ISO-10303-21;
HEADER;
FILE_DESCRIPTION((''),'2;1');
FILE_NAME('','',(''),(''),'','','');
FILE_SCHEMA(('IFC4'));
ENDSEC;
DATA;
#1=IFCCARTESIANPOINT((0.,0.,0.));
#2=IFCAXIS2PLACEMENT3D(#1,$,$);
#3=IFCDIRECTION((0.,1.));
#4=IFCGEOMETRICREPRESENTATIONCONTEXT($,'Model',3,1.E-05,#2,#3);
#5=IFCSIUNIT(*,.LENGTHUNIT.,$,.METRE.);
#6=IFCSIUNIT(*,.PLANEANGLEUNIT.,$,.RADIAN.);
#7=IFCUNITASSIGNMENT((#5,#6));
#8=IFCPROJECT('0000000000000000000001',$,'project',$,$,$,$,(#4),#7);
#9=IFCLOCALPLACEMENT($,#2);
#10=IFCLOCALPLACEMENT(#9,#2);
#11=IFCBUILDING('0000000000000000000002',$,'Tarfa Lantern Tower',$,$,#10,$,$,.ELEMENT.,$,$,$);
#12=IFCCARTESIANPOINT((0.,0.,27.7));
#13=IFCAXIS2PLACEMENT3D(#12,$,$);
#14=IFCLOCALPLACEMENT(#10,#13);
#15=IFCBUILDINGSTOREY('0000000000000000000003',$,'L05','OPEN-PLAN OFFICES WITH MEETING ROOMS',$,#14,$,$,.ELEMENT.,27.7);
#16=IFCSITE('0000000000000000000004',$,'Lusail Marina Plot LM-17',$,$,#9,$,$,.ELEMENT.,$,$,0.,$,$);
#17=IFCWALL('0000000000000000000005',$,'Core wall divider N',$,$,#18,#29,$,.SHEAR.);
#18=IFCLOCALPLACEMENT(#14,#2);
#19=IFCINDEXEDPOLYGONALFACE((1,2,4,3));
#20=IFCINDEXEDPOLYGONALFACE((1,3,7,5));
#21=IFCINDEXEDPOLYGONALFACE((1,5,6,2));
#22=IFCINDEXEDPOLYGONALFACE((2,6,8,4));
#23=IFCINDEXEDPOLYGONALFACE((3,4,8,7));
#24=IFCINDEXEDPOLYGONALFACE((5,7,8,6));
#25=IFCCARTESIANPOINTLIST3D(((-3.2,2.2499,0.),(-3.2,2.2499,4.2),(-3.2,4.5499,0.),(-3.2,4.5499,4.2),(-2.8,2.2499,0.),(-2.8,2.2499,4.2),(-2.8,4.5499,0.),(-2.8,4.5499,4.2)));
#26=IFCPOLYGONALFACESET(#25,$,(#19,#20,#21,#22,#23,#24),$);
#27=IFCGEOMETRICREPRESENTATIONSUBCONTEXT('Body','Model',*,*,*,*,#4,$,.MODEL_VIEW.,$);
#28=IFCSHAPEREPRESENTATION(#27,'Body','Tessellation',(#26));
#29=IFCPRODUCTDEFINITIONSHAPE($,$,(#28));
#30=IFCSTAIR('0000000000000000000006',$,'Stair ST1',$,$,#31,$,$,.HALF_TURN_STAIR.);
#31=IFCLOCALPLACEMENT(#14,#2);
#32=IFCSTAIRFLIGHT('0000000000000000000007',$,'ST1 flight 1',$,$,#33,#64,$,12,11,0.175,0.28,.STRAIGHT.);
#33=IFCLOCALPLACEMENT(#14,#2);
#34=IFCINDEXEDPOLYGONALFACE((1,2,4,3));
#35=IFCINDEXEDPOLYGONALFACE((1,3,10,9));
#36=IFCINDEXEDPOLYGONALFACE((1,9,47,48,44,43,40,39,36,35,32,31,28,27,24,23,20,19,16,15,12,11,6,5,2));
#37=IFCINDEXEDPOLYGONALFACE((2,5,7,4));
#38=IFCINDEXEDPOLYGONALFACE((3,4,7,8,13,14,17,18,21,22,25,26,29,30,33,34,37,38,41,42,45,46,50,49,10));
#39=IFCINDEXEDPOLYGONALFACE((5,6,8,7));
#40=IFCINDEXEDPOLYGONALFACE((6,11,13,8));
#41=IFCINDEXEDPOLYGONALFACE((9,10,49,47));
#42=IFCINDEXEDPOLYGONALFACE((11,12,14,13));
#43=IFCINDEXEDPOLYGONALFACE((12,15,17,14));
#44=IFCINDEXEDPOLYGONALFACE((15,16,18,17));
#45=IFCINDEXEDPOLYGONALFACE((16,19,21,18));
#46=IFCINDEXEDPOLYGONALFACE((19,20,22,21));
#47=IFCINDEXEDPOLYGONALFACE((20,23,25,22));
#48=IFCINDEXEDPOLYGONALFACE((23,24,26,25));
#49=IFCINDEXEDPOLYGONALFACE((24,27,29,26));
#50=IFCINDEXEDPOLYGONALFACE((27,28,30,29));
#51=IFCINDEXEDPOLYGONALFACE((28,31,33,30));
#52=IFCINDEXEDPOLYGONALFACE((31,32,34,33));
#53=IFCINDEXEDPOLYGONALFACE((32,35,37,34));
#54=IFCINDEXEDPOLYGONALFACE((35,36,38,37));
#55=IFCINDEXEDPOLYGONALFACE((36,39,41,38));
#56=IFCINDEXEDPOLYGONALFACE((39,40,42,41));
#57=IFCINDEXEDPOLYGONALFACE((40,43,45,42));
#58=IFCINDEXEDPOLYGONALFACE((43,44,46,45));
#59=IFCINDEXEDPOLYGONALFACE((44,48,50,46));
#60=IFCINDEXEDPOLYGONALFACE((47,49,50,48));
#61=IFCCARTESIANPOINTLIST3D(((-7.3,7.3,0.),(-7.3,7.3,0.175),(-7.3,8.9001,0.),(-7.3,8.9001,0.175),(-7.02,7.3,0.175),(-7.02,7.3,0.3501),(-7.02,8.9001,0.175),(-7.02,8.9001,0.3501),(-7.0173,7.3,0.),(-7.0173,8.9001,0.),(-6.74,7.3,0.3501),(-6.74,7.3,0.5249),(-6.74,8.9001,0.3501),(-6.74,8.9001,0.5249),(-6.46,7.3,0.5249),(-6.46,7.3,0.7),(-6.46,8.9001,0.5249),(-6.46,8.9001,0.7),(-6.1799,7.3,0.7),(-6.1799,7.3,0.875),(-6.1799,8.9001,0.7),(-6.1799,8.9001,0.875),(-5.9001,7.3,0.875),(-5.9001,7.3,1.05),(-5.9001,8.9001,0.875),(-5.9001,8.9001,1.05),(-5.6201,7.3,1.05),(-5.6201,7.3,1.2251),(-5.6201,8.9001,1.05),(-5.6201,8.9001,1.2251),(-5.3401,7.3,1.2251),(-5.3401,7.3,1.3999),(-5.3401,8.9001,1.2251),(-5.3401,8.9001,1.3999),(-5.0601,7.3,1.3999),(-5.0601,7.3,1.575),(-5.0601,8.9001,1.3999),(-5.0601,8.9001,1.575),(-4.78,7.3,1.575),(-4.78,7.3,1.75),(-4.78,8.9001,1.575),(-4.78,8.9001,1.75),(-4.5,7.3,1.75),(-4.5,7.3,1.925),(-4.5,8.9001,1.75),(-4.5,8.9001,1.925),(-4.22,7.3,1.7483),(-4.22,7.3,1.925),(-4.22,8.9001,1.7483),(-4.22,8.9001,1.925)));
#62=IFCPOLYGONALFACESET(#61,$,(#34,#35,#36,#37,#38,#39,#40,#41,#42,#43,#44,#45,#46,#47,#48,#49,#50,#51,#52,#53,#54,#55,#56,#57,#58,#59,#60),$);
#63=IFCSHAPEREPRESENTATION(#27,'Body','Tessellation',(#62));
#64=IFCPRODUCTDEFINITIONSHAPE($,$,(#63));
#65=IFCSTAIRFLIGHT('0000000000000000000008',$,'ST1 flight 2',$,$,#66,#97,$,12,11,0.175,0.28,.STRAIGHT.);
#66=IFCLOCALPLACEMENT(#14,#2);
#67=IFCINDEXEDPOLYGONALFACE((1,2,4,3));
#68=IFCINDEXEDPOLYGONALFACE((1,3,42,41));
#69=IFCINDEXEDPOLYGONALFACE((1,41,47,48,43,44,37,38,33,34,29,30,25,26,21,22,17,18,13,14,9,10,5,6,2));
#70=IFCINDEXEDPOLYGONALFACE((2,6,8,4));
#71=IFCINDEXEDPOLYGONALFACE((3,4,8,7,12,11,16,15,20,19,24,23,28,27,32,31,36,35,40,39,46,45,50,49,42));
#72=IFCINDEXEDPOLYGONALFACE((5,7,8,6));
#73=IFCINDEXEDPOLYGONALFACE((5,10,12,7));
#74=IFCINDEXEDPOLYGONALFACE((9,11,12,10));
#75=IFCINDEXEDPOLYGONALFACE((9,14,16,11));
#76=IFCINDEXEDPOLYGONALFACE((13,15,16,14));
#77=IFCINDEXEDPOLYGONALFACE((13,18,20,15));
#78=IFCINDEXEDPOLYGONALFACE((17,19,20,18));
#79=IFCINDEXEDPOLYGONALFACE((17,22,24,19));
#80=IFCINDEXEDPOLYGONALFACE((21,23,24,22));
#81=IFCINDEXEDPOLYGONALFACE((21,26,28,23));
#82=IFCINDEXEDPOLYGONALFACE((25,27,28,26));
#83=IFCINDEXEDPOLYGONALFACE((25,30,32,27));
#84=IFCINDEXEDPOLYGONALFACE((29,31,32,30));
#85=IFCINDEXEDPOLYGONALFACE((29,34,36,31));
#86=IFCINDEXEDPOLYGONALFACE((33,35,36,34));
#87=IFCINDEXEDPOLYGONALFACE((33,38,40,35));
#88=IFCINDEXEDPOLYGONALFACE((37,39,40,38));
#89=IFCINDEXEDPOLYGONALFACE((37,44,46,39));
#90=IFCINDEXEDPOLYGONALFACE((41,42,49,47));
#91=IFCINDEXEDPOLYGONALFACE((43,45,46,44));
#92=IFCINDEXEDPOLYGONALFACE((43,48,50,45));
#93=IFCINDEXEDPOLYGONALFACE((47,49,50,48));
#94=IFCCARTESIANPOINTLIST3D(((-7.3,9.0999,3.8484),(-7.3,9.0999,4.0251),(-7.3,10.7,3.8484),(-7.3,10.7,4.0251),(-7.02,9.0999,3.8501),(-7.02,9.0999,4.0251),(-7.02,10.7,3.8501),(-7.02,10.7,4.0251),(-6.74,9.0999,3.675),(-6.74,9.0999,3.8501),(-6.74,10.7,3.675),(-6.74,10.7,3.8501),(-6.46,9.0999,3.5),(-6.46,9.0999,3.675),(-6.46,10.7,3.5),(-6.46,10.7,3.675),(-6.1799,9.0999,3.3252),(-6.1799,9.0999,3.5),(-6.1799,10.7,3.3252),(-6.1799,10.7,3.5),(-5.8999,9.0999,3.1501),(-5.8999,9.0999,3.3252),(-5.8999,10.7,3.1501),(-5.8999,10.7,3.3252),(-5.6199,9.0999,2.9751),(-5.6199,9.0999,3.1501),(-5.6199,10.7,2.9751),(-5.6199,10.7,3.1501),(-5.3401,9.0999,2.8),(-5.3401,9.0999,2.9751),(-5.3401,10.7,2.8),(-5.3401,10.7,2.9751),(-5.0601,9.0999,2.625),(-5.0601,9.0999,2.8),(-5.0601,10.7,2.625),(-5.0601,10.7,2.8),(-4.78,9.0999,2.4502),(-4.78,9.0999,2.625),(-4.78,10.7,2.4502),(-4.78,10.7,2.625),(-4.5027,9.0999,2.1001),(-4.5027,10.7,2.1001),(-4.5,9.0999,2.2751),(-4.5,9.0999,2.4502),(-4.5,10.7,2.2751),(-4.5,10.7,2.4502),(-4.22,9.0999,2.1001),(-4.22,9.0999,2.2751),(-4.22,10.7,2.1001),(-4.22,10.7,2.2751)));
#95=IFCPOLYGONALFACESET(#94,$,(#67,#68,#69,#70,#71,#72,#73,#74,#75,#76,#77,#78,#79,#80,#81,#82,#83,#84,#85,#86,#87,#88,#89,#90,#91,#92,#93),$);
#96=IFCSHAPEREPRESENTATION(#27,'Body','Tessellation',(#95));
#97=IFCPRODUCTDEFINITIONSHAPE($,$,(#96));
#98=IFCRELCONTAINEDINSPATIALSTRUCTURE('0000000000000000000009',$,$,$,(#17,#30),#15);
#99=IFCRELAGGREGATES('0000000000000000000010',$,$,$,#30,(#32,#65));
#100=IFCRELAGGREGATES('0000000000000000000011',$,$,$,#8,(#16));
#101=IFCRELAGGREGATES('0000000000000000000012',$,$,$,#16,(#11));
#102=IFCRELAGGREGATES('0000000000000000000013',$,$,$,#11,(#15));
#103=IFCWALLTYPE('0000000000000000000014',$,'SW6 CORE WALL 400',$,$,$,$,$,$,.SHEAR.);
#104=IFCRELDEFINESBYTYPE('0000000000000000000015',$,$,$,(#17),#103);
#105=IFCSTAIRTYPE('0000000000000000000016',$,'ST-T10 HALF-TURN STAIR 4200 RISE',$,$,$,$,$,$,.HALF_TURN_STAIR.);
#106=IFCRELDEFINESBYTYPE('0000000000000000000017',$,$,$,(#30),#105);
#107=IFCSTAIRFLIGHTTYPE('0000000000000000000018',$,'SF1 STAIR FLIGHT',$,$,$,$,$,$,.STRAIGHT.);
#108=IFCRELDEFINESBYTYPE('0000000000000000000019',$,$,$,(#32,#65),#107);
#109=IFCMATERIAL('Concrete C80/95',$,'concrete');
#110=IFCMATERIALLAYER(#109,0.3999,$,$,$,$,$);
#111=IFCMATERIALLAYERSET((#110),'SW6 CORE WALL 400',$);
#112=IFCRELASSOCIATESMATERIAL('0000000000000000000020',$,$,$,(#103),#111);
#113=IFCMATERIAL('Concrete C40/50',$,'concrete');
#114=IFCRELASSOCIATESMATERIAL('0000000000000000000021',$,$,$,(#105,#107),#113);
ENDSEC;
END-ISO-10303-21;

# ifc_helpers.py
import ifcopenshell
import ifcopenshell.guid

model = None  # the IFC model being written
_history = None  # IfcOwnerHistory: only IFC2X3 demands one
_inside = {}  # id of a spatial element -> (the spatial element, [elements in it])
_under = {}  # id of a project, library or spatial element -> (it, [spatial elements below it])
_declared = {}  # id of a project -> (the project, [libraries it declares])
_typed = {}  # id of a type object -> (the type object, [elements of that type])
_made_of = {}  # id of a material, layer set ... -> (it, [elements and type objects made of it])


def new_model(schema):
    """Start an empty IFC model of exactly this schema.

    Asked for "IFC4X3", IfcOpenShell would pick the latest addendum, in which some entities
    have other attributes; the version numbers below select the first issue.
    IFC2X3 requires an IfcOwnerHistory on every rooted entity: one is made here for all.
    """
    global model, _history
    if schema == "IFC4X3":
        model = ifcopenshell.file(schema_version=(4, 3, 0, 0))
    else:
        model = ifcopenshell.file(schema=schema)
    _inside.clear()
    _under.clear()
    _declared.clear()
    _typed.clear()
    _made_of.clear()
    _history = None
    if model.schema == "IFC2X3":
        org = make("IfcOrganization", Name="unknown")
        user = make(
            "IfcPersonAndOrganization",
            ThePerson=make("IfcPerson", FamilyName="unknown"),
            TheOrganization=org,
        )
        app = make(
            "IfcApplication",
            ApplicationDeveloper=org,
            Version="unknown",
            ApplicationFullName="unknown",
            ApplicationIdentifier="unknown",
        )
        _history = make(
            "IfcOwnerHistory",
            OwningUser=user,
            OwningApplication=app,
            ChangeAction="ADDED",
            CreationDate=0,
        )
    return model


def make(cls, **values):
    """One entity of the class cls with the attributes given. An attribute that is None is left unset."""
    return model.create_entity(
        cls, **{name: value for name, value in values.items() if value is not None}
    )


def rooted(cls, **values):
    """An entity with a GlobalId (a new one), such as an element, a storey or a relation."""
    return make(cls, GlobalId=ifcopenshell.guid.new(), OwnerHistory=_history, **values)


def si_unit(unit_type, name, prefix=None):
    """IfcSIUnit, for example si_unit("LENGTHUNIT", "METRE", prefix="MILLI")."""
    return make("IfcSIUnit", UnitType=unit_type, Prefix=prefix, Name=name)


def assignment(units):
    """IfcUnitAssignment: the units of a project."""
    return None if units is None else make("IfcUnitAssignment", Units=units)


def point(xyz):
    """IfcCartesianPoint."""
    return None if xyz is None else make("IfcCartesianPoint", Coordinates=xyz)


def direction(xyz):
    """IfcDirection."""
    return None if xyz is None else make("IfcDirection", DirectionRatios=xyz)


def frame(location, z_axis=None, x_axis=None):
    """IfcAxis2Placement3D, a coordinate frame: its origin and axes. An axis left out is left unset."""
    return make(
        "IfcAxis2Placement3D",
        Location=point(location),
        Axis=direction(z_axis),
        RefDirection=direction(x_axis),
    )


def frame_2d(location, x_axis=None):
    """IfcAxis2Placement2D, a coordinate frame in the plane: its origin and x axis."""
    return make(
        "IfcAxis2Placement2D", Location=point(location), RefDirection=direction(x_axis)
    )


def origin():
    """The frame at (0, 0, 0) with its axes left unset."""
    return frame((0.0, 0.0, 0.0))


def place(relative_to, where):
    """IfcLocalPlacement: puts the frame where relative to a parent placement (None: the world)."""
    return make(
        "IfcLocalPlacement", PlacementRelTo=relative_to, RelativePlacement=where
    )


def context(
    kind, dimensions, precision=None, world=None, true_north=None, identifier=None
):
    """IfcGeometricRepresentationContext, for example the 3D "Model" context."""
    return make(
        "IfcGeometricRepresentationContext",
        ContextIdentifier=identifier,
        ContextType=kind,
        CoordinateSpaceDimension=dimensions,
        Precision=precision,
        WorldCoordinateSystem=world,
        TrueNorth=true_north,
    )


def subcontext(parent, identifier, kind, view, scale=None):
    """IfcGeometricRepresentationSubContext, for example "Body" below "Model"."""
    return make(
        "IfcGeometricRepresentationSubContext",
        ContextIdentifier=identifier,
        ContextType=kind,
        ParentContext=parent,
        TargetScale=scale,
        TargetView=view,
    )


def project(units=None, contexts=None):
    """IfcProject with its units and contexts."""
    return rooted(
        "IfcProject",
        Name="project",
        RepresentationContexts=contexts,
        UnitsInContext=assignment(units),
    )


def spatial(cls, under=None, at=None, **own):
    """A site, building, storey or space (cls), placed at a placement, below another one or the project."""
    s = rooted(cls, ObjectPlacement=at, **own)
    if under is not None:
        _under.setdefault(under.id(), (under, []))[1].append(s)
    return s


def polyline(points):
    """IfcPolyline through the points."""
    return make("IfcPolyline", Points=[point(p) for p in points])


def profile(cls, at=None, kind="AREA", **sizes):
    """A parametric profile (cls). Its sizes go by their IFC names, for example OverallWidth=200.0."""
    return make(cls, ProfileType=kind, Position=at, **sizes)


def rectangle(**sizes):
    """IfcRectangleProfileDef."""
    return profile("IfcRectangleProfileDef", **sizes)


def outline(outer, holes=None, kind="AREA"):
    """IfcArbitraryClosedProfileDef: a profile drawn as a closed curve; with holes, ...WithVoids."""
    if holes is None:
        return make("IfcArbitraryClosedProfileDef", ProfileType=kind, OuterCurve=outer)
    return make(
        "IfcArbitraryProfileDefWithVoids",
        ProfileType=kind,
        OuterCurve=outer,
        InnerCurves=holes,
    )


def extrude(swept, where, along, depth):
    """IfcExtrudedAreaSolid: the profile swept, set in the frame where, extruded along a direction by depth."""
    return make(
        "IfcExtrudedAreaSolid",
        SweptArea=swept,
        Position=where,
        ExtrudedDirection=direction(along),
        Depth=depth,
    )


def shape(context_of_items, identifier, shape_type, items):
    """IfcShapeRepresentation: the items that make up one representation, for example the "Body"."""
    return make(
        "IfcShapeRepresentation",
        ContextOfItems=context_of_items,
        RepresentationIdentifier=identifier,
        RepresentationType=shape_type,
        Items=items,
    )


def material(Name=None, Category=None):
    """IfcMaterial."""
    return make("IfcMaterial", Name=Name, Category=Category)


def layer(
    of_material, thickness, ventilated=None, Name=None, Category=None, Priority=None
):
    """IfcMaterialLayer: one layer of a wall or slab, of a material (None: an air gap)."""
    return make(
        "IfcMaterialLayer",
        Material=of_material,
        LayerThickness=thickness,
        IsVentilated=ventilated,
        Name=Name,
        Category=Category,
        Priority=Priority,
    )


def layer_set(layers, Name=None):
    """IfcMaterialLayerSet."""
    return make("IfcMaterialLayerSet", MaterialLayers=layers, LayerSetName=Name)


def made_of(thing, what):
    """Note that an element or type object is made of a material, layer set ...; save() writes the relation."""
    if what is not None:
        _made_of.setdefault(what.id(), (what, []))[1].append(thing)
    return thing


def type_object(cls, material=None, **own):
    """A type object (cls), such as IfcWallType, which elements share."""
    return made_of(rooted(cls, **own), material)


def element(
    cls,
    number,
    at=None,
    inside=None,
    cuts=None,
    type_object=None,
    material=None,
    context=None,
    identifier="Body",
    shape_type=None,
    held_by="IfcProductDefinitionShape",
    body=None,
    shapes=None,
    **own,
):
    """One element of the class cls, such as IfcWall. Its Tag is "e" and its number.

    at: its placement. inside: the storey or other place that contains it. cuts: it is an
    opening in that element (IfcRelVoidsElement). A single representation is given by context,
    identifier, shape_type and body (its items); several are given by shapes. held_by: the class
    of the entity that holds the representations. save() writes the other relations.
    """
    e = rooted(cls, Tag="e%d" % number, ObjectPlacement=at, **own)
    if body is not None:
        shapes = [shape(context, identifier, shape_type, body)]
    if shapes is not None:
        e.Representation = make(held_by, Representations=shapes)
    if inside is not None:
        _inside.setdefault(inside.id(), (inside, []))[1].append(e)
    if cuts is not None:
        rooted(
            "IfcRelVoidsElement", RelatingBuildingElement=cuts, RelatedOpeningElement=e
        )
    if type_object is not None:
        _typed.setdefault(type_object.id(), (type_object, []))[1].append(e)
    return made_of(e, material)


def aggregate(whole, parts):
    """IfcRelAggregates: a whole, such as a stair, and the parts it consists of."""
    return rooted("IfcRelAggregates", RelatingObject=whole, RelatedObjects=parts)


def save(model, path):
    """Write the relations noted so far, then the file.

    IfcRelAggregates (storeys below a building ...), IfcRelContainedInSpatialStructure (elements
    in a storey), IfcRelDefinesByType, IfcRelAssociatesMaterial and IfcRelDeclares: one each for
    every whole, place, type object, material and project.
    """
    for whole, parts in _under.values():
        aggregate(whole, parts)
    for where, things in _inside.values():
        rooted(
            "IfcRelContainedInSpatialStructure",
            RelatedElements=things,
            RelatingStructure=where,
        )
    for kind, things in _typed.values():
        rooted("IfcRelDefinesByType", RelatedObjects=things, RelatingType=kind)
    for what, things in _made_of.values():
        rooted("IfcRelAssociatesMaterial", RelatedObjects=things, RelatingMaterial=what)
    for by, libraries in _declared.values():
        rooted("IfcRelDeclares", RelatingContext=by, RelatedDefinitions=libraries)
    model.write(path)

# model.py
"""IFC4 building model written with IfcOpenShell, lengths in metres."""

from ifc_helpers import new_model, si_unit, direction, frame, frame_2d, origin, place, context, subcontext, project, spatial, polyline, rectangle, outline, extrude, material, layer, layer_set, type_object, element, aggregate, save


model = new_model("IFC4")

# Units and contexts
model_context = context("Model", 3, precision=1e-05, world=origin(), true_north=direction((0.0, 1.0)))
body_context = subcontext(model_context, "Body", "Model", "MODEL_VIEW")
ifc_project = project(units=[si_unit("LENGTHUNIT", "METRE"), si_unit("PLANEANGLEUNIT", "RADIAN")], contexts=[model_context])

# Site, building, storey
site_placement = place(None, origin())
site = spatial("IfcSite", under=ifc_project, at=site_placement, Name="Lusail Marina Plot LM-17", CompositionType="ELEMENT", RefElevation=0.0)
building_placement = place(site_placement, origin())
building = spatial("IfcBuilding", under=site, at=building_placement, Name="Tarfa Lantern Tower", CompositionType="ELEMENT")
storey_placement = place(building_placement, frame((0.0, 0.0, 27.7)))
storey = spatial("IfcBuildingStorey", under=building, at=storey_placement, Name="L05", Description="OPEN-PLAN OFFICES WITH MEETING ROOMS", CompositionType="ELEMENT", Elevation=27.7)

# Shared definitions
ifc_material_1 = material(Name="Concrete C80/95", Category="concrete")

# Wall
ifc_layer_1 = layer(ifc_material_1, 0.3999)
ifc_layer_set_1 = layer_set([ifc_layer_1], Name="SW6 CORE WALL 400")
wall_type_1 = type_object("IfcWallType", Name="SW6 CORE WALL 400", PredefinedType="SHEAR", material=ifc_layer_set_1)
for number, where, z_axis, x_axis, name in (
    (1, (-3.0, 2.25, 0.0), (0.0, 0.0, 1.0), (0.0, 1.0, 0.0), "Core wall divider N"),
):
    element("IfcWall", number, at=place(storey_placement, frame(where, z_axis=z_axis, x_axis=x_axis)), inside=storey, type_object=wall_type_1, Name=name, PredefinedType="SHEAR", context=body_context, shape_type="SweptSolid", body=[
        extrude(rectangle(XDim=2.3, YDim=0.3999, at=frame_2d((1.1499, 0.0))), origin(), (0.0, 0.0, 1.0), 4.2),
    ])

# Stair, stair flights
ifc_material_2 = material(Name="Concrete C40/50", Category="concrete")
stair_type = type_object("IfcStairType", Name="ST-T10 HALF-TURN STAIR 4200 RISE", PredefinedType="HALF_TURN_STAIR", material=ifc_material_2)
stair_placement = place(storey_placement, origin())
stair = element("IfcStair", 2, at=stair_placement, inside=storey, type_object=stair_type, Name="Stair ST1", PredefinedType="HALF_TURN_STAIR")
stair_flight_type = type_object("IfcStairFlightType", Name="SF1 STAIR FLIGHT", PredefinedType="STRAIGHT", material=ifc_material_2)
stair_flight_1_placement = place(storey_placement, frame((-7.3, 8.1001, 0.0), z_axis=(0.0, 0.0, 1.0), x_axis=(1.0, 0.0, 0.0)))
stair_flight_1 = element("IfcStairFlight", 3, at=stair_flight_1_placement, type_object=stair_flight_type, Name="ST1 flight 1", NumberOfRisers=12, NumberOfTreads=11, PredefinedType="STRAIGHT", RiserHeight=0.175, TreadLength=0.28, context=body_context, shape_type="SweptSolid", body=[
    extrude(outline(polyline([(0.0, 0.0), (0.0, 0.175), (0.28, 0.175), (0.28, 0.3501), (0.5601, 0.3501), (0.5601, 0.5249), (0.8401, 0.5249), (0.8401, 0.7), (1.1201, 0.7), (1.1201, 0.875), (1.3999, 0.875), (1.3999, 1.05), (1.6799, 1.05), (1.6799, 1.2251), (1.96, 1.2251), (1.96, 1.3999), (2.24, 1.3999), (2.24, 1.575), (2.52, 1.575), (2.52, 1.75), (2.8, 1.75), (2.8, 1.925), (3.0801, 1.925), (3.0801, 2.1001), (3.0801, 1.7483), (0.2827, 0.0), (0.0, 0.0)])), frame((0.0, 0.8, 0.0), z_axis=(0.0, -1.0, 0.0), x_axis=(1.0, 0.0, 0.0)), (0.0, 0.0, 1.0), 1.6001),
])
stair_flight_2_placement = place(storey_placement, frame((-4.22, 9.8999, 2.1001), z_axis=(0.0, 0.0, 1.0), x_axis=(-1.0, 0.0, 0.0)))
stair_flight_2 = element("IfcStairFlight", 4, at=stair_flight_2_placement, type_object=stair_flight_type, Name="ST1 flight 2", NumberOfRisers=12, NumberOfTreads=11, PredefinedType="STRAIGHT", RiserHeight=0.175, TreadLength=0.28, context=body_context, shape_type="SweptSolid", body=[
    extrude(outline(polyline([(0.0, 0.0), (0.0, 0.175), (0.28, 0.175), (0.28, 0.3501), (0.5601, 0.3501), (0.5601, 0.5249), (0.8401, 0.5249), (0.8401, 0.7), (1.1201, 0.7), (1.1201, 0.875), (1.3999, 0.875), (1.3999, 1.05), (1.6799, 1.05), (1.6799, 1.2251), (1.96, 1.2251), (1.96, 1.3999), (2.24, 1.3999), (2.24, 1.575), (2.52, 1.575), (2.52, 1.75), (2.8, 1.75), (2.8, 1.925), (3.0801, 1.925), (3.0801, 2.1001), (3.0801, 1.7483), (0.2827, 0.0), (0.0, 0.0)])), frame((0.0, 0.8, 0.0), z_axis=(0.0, -1.0, 0.0), x_axis=(1.0, 0.0, 0.0)), (0.0, 0.0, 1.0), 1.6001),
])
aggregate(stair, [stair_flight_1, stair_flight_2])

save(model, "model.ifc")
